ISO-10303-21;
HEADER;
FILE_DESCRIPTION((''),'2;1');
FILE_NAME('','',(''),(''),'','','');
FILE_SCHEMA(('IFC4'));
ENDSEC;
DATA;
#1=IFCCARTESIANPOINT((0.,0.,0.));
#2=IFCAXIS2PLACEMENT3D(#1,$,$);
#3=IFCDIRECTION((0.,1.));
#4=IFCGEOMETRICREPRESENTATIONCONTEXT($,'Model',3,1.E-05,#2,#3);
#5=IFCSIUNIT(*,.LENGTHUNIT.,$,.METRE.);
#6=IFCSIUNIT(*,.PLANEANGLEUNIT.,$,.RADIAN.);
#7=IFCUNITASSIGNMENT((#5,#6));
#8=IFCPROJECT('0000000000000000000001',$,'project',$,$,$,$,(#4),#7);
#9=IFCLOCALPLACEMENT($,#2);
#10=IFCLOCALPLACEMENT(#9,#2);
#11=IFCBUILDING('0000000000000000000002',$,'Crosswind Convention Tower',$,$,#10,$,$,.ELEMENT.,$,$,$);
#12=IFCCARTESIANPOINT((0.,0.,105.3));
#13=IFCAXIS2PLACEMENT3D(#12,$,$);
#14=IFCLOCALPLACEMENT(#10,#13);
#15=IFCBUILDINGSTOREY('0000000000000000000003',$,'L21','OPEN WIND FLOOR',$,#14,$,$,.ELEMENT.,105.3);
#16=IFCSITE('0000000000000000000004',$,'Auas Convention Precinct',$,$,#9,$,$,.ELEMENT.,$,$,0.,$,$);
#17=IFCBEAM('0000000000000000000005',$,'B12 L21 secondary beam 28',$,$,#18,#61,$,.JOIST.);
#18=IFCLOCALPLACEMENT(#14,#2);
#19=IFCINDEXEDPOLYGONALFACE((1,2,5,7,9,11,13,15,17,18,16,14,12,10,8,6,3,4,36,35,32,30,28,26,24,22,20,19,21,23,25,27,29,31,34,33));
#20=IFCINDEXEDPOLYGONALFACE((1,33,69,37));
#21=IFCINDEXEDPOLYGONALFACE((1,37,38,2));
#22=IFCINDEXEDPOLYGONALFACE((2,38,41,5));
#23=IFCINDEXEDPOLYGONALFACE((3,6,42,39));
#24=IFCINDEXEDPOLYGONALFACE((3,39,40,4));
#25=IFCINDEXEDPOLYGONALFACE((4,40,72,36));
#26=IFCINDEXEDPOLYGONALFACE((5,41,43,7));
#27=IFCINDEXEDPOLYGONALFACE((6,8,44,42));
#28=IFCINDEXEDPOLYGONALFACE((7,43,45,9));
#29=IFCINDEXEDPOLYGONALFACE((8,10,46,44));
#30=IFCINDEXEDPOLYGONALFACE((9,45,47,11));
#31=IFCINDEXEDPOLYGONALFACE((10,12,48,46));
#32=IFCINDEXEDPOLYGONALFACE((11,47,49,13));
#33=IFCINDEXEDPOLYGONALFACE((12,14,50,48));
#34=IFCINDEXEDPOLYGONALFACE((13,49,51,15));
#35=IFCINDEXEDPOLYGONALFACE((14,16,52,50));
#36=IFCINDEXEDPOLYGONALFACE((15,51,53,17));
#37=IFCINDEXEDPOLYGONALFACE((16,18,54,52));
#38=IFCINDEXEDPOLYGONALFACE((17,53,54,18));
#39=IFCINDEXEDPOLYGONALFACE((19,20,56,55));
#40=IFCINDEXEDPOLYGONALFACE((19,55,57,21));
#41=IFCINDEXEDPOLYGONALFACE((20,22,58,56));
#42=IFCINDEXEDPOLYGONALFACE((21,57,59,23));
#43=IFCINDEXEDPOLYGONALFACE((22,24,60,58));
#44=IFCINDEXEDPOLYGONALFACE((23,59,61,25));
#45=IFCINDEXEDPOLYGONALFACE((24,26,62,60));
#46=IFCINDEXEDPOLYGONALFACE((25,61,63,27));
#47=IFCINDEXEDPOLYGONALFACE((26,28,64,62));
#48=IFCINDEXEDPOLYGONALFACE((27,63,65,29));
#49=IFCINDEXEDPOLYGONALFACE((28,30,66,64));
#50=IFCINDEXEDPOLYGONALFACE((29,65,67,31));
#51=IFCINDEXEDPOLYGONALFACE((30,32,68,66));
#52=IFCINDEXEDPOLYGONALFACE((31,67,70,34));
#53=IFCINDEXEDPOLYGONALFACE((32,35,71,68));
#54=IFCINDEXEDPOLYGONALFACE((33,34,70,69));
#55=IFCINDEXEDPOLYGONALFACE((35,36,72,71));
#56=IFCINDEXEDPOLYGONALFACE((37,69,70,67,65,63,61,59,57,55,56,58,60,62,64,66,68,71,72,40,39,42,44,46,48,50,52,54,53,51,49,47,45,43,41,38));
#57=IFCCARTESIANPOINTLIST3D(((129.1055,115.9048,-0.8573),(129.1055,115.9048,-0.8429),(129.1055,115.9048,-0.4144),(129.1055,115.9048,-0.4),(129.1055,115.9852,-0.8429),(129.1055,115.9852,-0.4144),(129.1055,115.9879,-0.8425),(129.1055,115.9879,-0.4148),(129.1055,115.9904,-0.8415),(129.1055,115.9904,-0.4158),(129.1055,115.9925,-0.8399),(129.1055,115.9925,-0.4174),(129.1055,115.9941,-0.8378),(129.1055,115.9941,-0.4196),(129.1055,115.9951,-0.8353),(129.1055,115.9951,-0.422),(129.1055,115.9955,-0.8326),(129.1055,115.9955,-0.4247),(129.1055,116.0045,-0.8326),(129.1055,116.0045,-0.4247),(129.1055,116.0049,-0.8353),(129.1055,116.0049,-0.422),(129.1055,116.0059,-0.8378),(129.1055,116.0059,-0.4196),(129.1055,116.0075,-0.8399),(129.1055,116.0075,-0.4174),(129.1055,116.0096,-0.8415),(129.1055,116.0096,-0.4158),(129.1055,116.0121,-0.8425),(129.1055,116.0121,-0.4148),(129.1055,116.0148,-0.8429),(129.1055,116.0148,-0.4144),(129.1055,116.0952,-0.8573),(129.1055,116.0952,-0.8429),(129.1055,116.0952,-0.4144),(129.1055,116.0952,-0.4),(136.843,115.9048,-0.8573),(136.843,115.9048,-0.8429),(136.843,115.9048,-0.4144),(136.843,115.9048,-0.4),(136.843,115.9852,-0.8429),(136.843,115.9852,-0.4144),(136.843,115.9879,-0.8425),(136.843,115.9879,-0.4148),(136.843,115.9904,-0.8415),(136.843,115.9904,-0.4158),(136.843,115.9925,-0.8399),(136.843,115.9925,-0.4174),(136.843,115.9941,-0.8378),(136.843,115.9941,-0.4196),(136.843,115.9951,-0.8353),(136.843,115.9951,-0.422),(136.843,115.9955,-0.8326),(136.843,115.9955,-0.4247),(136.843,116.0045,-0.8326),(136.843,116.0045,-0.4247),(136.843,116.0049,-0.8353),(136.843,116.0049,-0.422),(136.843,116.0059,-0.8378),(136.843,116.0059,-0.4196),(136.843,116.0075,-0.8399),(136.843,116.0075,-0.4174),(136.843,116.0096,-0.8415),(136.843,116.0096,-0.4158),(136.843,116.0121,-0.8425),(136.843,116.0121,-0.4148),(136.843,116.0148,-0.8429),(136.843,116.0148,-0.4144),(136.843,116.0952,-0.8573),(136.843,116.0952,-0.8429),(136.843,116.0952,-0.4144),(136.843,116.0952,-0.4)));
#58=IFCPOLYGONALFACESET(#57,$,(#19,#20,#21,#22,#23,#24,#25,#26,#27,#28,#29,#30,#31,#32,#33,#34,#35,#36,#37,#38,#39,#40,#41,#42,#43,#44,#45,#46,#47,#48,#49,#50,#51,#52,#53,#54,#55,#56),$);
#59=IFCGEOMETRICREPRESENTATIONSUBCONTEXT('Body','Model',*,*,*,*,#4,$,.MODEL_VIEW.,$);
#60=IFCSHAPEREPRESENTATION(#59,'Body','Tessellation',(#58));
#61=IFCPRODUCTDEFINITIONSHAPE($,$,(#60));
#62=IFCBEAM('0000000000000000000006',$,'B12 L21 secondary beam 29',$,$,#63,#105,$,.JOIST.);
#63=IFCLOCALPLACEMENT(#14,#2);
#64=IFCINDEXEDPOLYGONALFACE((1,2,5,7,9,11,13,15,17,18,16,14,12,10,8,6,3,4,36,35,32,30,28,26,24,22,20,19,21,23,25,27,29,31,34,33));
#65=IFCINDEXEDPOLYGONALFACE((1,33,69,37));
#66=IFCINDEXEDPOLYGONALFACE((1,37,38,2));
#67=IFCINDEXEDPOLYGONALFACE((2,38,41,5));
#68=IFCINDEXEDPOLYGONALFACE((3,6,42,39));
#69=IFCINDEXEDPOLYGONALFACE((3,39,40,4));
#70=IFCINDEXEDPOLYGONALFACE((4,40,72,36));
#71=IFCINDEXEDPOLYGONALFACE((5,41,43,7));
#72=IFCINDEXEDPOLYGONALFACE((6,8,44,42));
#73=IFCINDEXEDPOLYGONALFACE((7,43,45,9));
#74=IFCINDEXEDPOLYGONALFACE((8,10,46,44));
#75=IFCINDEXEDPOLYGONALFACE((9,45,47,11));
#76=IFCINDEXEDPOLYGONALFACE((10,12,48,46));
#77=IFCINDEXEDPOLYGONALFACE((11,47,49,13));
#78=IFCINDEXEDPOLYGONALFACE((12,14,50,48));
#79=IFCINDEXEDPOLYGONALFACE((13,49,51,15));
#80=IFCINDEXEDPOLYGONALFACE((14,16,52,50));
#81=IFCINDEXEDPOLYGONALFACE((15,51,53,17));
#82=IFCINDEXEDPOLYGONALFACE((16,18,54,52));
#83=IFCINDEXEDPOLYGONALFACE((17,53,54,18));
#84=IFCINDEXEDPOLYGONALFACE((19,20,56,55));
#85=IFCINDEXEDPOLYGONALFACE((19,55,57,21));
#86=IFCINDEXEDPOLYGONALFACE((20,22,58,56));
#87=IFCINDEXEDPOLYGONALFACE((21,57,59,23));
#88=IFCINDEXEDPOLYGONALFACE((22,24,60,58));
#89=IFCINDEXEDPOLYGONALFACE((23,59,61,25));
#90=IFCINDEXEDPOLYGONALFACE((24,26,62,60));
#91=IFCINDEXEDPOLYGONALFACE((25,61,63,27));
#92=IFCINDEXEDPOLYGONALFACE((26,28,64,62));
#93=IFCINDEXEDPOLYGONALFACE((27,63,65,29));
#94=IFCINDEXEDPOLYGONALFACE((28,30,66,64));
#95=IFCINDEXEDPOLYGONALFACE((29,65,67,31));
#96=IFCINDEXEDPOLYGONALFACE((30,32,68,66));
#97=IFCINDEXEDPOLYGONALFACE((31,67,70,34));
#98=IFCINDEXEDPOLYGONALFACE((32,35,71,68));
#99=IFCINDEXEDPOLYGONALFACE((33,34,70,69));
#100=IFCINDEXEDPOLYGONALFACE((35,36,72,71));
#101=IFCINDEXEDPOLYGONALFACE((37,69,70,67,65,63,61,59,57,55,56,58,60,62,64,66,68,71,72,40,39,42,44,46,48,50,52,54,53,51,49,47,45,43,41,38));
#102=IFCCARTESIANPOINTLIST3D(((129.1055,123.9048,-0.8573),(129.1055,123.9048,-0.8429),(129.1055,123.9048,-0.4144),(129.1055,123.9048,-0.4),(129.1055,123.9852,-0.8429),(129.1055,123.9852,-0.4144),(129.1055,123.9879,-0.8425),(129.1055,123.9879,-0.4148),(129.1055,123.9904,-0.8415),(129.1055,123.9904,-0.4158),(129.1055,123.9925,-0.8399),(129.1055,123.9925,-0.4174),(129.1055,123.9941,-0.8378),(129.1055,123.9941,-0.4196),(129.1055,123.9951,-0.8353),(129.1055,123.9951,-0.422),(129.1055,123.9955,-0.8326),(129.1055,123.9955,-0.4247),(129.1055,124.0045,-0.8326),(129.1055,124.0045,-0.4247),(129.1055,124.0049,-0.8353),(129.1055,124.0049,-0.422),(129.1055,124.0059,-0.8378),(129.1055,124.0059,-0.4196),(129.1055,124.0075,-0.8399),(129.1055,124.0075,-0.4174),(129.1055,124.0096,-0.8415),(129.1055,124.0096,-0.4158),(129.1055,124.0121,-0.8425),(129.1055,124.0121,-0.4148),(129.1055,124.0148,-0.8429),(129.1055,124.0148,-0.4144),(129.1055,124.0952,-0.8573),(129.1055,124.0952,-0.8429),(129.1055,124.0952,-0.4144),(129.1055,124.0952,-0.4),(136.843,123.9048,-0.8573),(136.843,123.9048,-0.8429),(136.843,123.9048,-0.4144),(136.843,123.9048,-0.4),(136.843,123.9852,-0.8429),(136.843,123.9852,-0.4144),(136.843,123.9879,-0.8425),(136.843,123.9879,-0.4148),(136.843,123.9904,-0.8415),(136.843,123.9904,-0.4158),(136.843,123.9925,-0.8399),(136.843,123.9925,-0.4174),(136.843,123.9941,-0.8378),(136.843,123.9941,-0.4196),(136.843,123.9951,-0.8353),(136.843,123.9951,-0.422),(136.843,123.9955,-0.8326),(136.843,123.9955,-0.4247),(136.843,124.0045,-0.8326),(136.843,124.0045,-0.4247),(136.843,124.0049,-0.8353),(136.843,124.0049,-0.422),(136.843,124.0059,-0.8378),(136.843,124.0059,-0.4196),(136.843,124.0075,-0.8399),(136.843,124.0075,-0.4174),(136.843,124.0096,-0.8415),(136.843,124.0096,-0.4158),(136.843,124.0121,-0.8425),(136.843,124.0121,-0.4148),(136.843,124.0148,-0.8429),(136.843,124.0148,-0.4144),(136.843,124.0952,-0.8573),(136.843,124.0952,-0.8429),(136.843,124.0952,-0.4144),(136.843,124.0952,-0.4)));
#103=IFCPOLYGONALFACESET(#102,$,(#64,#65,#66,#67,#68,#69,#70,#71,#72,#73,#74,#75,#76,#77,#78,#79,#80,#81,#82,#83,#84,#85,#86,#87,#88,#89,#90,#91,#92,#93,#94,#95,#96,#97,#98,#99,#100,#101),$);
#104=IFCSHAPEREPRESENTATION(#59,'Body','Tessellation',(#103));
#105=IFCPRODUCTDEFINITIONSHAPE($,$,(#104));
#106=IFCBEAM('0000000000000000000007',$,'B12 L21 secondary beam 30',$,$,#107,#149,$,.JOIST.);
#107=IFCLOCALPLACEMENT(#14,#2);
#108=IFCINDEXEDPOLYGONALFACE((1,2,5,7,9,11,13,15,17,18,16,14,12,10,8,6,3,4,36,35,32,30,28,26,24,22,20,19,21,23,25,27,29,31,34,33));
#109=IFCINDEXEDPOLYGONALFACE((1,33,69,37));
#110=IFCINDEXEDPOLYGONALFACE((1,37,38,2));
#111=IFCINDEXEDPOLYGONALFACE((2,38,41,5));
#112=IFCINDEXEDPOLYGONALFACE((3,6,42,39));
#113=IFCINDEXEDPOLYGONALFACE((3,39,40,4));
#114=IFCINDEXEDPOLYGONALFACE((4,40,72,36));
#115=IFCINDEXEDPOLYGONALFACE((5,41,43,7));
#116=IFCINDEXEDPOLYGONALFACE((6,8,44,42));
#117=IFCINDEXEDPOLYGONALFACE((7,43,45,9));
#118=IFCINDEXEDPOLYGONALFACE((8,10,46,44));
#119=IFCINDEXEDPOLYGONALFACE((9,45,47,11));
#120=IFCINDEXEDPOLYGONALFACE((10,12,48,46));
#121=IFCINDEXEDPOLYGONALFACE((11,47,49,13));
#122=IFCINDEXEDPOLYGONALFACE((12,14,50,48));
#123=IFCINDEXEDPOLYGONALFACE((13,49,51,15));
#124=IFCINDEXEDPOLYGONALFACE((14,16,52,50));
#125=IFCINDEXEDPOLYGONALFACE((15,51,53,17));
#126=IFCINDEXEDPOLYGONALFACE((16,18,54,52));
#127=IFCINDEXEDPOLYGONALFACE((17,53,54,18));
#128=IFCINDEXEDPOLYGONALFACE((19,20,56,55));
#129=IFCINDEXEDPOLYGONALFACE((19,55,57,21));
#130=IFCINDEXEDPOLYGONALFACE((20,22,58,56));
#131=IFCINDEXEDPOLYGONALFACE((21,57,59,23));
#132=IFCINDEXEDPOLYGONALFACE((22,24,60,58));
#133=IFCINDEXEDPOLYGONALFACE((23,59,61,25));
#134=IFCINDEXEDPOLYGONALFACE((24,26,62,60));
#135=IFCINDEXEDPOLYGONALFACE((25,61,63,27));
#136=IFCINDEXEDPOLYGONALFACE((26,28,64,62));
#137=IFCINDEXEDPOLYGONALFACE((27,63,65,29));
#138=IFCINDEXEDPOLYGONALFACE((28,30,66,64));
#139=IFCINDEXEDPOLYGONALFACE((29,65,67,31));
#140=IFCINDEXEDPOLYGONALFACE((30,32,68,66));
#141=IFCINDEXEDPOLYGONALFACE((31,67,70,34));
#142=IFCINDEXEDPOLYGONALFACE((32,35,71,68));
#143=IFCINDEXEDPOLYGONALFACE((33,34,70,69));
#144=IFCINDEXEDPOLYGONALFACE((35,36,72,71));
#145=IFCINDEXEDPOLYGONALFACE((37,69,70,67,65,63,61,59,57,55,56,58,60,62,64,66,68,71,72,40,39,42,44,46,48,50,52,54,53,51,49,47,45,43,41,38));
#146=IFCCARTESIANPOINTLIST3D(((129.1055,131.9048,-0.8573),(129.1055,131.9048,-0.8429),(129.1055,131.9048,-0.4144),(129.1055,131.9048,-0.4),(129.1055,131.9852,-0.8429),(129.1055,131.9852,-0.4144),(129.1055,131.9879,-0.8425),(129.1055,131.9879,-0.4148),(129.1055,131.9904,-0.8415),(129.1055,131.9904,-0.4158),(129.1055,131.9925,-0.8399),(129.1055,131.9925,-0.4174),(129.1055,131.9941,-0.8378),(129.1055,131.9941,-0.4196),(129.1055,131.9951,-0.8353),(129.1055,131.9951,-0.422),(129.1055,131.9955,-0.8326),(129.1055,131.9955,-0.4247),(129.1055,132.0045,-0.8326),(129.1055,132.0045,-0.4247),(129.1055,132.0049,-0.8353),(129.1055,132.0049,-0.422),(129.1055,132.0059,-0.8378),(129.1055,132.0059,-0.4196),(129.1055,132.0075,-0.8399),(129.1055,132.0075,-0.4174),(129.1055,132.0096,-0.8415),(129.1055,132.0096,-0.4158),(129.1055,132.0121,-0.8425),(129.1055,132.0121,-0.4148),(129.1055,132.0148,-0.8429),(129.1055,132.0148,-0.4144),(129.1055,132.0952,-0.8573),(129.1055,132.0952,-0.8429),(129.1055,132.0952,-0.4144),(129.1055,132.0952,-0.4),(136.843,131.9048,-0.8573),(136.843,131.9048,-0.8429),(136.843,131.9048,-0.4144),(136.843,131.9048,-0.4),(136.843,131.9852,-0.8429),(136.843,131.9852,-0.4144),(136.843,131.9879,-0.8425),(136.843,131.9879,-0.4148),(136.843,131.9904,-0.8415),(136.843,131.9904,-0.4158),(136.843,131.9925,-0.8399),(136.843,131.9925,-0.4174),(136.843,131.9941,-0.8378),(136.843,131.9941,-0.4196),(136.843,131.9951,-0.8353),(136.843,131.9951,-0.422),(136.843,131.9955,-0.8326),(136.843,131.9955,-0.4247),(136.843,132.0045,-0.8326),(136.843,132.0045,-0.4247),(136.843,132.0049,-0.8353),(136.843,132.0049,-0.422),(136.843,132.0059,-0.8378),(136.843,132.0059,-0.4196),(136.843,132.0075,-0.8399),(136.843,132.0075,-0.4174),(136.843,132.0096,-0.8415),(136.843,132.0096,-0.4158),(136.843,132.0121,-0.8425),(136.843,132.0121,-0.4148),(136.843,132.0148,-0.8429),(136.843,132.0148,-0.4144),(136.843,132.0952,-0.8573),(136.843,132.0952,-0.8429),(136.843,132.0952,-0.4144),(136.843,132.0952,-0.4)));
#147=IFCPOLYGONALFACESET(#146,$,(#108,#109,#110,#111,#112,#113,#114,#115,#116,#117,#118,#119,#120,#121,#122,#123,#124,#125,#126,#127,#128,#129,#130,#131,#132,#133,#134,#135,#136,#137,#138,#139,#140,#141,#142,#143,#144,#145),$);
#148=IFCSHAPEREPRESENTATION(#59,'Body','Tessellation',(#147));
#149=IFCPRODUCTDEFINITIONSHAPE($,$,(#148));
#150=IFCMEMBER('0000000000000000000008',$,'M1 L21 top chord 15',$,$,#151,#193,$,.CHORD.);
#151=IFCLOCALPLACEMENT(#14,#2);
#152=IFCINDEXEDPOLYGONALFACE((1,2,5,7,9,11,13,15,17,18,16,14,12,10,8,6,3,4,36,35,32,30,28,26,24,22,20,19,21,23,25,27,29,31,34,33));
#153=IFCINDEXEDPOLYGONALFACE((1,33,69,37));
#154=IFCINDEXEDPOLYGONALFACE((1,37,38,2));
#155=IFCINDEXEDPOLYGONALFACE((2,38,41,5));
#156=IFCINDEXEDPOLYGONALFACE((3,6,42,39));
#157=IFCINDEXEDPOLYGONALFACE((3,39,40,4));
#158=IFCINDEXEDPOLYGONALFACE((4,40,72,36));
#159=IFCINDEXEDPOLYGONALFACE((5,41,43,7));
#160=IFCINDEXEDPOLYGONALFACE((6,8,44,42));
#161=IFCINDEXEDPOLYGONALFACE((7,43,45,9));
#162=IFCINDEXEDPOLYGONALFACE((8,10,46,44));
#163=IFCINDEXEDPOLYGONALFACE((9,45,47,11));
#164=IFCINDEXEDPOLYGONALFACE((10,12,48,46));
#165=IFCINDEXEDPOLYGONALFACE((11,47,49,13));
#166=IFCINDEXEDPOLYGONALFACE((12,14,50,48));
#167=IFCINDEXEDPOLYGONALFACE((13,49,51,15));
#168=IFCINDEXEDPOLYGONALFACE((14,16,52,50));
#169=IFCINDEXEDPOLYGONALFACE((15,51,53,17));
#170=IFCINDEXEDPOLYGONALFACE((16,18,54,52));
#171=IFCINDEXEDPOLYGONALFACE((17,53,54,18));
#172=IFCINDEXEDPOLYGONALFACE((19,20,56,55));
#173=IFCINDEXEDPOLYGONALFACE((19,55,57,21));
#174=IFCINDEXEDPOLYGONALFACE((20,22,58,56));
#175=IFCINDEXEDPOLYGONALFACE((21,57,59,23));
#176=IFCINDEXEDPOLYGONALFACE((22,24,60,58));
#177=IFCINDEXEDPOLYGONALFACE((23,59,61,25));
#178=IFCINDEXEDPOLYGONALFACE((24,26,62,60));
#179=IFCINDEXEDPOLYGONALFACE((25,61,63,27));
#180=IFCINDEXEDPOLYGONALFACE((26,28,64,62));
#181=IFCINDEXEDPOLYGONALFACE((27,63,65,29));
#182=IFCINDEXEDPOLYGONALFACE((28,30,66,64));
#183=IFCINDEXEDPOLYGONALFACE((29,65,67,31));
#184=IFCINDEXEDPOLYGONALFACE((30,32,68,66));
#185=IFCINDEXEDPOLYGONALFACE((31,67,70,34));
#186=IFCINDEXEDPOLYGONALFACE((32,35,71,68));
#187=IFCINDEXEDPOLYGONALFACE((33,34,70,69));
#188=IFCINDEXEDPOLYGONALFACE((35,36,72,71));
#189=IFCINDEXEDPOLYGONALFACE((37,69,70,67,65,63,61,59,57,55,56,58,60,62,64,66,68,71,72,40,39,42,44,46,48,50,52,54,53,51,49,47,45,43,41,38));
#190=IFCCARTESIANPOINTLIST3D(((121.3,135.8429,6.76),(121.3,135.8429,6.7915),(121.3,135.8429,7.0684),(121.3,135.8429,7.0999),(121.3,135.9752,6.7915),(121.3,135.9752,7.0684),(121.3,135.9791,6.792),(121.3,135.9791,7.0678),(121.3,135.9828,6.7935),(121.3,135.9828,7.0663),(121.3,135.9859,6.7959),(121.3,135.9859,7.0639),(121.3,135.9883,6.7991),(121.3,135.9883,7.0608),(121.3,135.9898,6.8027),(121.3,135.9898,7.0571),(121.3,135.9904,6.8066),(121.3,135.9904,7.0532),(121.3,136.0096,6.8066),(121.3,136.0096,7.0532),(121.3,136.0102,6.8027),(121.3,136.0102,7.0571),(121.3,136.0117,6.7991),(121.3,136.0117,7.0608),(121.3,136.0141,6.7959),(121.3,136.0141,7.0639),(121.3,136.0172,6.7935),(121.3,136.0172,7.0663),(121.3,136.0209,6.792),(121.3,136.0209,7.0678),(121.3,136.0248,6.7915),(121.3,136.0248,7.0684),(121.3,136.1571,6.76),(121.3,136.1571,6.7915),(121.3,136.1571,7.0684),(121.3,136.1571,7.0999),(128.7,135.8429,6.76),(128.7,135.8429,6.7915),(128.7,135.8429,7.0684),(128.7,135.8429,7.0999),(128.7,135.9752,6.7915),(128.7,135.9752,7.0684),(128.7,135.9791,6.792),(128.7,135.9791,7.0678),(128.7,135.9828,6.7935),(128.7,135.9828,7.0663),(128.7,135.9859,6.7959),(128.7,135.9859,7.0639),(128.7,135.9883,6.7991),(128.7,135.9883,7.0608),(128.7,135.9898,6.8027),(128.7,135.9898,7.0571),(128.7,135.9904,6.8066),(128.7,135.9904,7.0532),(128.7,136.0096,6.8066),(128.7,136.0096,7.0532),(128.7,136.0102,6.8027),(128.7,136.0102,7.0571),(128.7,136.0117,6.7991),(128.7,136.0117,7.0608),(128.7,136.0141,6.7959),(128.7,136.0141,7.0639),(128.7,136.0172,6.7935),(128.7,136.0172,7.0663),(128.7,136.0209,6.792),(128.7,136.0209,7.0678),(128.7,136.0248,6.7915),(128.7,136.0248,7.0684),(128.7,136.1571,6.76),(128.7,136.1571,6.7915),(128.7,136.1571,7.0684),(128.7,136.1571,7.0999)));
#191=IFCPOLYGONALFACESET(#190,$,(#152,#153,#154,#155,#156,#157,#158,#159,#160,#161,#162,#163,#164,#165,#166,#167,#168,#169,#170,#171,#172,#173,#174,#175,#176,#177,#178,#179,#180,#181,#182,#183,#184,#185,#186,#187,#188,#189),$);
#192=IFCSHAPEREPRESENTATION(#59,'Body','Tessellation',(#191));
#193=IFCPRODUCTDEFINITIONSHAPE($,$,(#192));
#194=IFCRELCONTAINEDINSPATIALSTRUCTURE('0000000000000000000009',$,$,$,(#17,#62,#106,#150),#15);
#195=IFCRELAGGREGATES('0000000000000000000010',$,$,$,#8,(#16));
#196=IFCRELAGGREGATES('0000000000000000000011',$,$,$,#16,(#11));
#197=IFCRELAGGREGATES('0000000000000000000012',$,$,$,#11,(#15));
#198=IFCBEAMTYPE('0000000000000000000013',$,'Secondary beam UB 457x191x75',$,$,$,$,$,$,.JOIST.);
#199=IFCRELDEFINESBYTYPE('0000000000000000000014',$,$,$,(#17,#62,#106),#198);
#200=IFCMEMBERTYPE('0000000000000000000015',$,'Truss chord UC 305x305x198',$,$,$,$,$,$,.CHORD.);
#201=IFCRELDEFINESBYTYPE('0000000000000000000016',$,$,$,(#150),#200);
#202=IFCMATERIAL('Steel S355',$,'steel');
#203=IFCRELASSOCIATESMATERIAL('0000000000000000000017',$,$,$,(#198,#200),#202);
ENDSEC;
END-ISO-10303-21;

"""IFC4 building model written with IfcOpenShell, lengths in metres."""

from ifc_helpers import new_model, si_unit, direction, frame, origin, origin_2d, place, context, subcontext, project, spatial, i_section, extrude, material, material_profile, profile_set, type_object, element, save


model = new_model("IFC4")

# Units and contexts
model_context = context("Model", 3, precision=1e-05, world=origin(), true_north=direction((0.0, 1.0)))
body_context = subcontext(model_context, "Body", "Model", "MODEL_VIEW")
ifc_project = project(units=[si_unit("LENGTHUNIT", "METRE"), si_unit("PLANEANGLEUNIT", "RADIAN")], contexts=[model_context])

# Site, building, storey
site_placement = place(None, origin())
site = spatial("IfcSite", under=ifc_project, at=site_placement, Name="Auas Convention Precinct", CompositionType="ELEMENT", RefElevation=0.0)
building_placement = place(site_placement, origin())
building = spatial("IfcBuilding", under=site, at=building_placement, Name="Crosswind Convention Tower", CompositionType="ELEMENT")
storey_placement = place(building_placement, frame((0.0, 0.0, 105.3)))
storey = spatial("IfcBuildingStorey", under=building, at=storey_placement, Name="L21", Description="OPEN WIND FLOOR", CompositionType="ELEMENT", Elevation=105.3)

# Beams
ifc_material_1 = material(Name="Steel S355", Category="steel")
ifc_material_profile_1 = material_profile(ifc_material_1, i_section(OverallWidth=0.1904, OverallDepth=0.4573, WebThickness=0.009, FlangeThickness=0.0144, FilletRadius=0.0103, at=origin_2d()), Name="UB 457x191x75")
ifc_profile_set_1 = profile_set([ifc_material_profile_1], Name="Steel S355")
beam_type_1 = type_object("IfcBeamType", Name="Secondary beam UB 457x191x75", PredefinedType="JOIST", material=ifc_profile_set_1)
for number, where, z_axis, x_axis, name in (
    (1, (129.1055, 116.0, -0.6287), (1.0, 0.0, 0.0), (0.0, 1.0, 0.0), "B12 L21 secondary beam 28"),
    (2, (129.1055, 124.0, -0.6287), (1.0, 0.0, 0.0), (0.0, 1.0, 0.0), "B12 L21 secondary beam 29"),
    (3, (129.1055, 132.0, -0.6287), (1.0, 0.0, 0.0), (0.0, 1.0, 0.0), "B12 L21 secondary beam 30"),
):
    element("IfcBeam", number, at=place(storey_placement, frame(where, z_axis=z_axis, x_axis=x_axis)), inside=storey, type_object=beam_type_1, Name=name, PredefinedType="JOIST", context=body_context, shape_type="SweptSolid", body=[
        extrude(i_section(OverallWidth=0.1904, OverallDepth=0.4573, WebThickness=0.009, FlangeThickness=0.0144, FilletRadius=0.0103, at=origin_2d()), origin(), (0.0, 0.0, 1.0), 7.7375),
    ])

# Member
ifc_material_profile_2 = material_profile(ifc_material_1, i_section(OverallWidth=0.3142, OverallDepth=0.3398, WebThickness=0.0193, FlangeThickness=0.0315, FilletRadius=0.0151, at=origin_2d()), Name="UC 305x305x198")
ifc_profile_set_2 = profile_set([ifc_material_profile_2], Name="Steel S355")
member_type_1 = type_object("IfcMemberType", Name="Truss chord UC 305x305x198", PredefinedType="CHORD", material=ifc_profile_set_2)
for number, where, z_axis, x_axis, name in (
    (4, (121.3, 136.0, 6.9299), (1.0, 0.0, 0.0), (0.0, 1.0, 0.0), "M1 L21 top chord 15"),
):
    element("IfcMember", number, at=place(storey_placement, frame(where, z_axis=z_axis, x_axis=x_axis)), inside=storey, type_object=member_type_1, Name=name, PredefinedType="CHORD", context=body_context, shape_type="SweptSolid", body=[
        extrude(i_section(OverallWidth=0.3142, OverallDepth=0.3398, WebThickness=0.0193, FlangeThickness=0.0315, FilletRadius=0.0151, at=origin_2d()), origin(), (0.0, 0.0, 1.0), 7.3999),
    ])

save(model, "model.ifc")
